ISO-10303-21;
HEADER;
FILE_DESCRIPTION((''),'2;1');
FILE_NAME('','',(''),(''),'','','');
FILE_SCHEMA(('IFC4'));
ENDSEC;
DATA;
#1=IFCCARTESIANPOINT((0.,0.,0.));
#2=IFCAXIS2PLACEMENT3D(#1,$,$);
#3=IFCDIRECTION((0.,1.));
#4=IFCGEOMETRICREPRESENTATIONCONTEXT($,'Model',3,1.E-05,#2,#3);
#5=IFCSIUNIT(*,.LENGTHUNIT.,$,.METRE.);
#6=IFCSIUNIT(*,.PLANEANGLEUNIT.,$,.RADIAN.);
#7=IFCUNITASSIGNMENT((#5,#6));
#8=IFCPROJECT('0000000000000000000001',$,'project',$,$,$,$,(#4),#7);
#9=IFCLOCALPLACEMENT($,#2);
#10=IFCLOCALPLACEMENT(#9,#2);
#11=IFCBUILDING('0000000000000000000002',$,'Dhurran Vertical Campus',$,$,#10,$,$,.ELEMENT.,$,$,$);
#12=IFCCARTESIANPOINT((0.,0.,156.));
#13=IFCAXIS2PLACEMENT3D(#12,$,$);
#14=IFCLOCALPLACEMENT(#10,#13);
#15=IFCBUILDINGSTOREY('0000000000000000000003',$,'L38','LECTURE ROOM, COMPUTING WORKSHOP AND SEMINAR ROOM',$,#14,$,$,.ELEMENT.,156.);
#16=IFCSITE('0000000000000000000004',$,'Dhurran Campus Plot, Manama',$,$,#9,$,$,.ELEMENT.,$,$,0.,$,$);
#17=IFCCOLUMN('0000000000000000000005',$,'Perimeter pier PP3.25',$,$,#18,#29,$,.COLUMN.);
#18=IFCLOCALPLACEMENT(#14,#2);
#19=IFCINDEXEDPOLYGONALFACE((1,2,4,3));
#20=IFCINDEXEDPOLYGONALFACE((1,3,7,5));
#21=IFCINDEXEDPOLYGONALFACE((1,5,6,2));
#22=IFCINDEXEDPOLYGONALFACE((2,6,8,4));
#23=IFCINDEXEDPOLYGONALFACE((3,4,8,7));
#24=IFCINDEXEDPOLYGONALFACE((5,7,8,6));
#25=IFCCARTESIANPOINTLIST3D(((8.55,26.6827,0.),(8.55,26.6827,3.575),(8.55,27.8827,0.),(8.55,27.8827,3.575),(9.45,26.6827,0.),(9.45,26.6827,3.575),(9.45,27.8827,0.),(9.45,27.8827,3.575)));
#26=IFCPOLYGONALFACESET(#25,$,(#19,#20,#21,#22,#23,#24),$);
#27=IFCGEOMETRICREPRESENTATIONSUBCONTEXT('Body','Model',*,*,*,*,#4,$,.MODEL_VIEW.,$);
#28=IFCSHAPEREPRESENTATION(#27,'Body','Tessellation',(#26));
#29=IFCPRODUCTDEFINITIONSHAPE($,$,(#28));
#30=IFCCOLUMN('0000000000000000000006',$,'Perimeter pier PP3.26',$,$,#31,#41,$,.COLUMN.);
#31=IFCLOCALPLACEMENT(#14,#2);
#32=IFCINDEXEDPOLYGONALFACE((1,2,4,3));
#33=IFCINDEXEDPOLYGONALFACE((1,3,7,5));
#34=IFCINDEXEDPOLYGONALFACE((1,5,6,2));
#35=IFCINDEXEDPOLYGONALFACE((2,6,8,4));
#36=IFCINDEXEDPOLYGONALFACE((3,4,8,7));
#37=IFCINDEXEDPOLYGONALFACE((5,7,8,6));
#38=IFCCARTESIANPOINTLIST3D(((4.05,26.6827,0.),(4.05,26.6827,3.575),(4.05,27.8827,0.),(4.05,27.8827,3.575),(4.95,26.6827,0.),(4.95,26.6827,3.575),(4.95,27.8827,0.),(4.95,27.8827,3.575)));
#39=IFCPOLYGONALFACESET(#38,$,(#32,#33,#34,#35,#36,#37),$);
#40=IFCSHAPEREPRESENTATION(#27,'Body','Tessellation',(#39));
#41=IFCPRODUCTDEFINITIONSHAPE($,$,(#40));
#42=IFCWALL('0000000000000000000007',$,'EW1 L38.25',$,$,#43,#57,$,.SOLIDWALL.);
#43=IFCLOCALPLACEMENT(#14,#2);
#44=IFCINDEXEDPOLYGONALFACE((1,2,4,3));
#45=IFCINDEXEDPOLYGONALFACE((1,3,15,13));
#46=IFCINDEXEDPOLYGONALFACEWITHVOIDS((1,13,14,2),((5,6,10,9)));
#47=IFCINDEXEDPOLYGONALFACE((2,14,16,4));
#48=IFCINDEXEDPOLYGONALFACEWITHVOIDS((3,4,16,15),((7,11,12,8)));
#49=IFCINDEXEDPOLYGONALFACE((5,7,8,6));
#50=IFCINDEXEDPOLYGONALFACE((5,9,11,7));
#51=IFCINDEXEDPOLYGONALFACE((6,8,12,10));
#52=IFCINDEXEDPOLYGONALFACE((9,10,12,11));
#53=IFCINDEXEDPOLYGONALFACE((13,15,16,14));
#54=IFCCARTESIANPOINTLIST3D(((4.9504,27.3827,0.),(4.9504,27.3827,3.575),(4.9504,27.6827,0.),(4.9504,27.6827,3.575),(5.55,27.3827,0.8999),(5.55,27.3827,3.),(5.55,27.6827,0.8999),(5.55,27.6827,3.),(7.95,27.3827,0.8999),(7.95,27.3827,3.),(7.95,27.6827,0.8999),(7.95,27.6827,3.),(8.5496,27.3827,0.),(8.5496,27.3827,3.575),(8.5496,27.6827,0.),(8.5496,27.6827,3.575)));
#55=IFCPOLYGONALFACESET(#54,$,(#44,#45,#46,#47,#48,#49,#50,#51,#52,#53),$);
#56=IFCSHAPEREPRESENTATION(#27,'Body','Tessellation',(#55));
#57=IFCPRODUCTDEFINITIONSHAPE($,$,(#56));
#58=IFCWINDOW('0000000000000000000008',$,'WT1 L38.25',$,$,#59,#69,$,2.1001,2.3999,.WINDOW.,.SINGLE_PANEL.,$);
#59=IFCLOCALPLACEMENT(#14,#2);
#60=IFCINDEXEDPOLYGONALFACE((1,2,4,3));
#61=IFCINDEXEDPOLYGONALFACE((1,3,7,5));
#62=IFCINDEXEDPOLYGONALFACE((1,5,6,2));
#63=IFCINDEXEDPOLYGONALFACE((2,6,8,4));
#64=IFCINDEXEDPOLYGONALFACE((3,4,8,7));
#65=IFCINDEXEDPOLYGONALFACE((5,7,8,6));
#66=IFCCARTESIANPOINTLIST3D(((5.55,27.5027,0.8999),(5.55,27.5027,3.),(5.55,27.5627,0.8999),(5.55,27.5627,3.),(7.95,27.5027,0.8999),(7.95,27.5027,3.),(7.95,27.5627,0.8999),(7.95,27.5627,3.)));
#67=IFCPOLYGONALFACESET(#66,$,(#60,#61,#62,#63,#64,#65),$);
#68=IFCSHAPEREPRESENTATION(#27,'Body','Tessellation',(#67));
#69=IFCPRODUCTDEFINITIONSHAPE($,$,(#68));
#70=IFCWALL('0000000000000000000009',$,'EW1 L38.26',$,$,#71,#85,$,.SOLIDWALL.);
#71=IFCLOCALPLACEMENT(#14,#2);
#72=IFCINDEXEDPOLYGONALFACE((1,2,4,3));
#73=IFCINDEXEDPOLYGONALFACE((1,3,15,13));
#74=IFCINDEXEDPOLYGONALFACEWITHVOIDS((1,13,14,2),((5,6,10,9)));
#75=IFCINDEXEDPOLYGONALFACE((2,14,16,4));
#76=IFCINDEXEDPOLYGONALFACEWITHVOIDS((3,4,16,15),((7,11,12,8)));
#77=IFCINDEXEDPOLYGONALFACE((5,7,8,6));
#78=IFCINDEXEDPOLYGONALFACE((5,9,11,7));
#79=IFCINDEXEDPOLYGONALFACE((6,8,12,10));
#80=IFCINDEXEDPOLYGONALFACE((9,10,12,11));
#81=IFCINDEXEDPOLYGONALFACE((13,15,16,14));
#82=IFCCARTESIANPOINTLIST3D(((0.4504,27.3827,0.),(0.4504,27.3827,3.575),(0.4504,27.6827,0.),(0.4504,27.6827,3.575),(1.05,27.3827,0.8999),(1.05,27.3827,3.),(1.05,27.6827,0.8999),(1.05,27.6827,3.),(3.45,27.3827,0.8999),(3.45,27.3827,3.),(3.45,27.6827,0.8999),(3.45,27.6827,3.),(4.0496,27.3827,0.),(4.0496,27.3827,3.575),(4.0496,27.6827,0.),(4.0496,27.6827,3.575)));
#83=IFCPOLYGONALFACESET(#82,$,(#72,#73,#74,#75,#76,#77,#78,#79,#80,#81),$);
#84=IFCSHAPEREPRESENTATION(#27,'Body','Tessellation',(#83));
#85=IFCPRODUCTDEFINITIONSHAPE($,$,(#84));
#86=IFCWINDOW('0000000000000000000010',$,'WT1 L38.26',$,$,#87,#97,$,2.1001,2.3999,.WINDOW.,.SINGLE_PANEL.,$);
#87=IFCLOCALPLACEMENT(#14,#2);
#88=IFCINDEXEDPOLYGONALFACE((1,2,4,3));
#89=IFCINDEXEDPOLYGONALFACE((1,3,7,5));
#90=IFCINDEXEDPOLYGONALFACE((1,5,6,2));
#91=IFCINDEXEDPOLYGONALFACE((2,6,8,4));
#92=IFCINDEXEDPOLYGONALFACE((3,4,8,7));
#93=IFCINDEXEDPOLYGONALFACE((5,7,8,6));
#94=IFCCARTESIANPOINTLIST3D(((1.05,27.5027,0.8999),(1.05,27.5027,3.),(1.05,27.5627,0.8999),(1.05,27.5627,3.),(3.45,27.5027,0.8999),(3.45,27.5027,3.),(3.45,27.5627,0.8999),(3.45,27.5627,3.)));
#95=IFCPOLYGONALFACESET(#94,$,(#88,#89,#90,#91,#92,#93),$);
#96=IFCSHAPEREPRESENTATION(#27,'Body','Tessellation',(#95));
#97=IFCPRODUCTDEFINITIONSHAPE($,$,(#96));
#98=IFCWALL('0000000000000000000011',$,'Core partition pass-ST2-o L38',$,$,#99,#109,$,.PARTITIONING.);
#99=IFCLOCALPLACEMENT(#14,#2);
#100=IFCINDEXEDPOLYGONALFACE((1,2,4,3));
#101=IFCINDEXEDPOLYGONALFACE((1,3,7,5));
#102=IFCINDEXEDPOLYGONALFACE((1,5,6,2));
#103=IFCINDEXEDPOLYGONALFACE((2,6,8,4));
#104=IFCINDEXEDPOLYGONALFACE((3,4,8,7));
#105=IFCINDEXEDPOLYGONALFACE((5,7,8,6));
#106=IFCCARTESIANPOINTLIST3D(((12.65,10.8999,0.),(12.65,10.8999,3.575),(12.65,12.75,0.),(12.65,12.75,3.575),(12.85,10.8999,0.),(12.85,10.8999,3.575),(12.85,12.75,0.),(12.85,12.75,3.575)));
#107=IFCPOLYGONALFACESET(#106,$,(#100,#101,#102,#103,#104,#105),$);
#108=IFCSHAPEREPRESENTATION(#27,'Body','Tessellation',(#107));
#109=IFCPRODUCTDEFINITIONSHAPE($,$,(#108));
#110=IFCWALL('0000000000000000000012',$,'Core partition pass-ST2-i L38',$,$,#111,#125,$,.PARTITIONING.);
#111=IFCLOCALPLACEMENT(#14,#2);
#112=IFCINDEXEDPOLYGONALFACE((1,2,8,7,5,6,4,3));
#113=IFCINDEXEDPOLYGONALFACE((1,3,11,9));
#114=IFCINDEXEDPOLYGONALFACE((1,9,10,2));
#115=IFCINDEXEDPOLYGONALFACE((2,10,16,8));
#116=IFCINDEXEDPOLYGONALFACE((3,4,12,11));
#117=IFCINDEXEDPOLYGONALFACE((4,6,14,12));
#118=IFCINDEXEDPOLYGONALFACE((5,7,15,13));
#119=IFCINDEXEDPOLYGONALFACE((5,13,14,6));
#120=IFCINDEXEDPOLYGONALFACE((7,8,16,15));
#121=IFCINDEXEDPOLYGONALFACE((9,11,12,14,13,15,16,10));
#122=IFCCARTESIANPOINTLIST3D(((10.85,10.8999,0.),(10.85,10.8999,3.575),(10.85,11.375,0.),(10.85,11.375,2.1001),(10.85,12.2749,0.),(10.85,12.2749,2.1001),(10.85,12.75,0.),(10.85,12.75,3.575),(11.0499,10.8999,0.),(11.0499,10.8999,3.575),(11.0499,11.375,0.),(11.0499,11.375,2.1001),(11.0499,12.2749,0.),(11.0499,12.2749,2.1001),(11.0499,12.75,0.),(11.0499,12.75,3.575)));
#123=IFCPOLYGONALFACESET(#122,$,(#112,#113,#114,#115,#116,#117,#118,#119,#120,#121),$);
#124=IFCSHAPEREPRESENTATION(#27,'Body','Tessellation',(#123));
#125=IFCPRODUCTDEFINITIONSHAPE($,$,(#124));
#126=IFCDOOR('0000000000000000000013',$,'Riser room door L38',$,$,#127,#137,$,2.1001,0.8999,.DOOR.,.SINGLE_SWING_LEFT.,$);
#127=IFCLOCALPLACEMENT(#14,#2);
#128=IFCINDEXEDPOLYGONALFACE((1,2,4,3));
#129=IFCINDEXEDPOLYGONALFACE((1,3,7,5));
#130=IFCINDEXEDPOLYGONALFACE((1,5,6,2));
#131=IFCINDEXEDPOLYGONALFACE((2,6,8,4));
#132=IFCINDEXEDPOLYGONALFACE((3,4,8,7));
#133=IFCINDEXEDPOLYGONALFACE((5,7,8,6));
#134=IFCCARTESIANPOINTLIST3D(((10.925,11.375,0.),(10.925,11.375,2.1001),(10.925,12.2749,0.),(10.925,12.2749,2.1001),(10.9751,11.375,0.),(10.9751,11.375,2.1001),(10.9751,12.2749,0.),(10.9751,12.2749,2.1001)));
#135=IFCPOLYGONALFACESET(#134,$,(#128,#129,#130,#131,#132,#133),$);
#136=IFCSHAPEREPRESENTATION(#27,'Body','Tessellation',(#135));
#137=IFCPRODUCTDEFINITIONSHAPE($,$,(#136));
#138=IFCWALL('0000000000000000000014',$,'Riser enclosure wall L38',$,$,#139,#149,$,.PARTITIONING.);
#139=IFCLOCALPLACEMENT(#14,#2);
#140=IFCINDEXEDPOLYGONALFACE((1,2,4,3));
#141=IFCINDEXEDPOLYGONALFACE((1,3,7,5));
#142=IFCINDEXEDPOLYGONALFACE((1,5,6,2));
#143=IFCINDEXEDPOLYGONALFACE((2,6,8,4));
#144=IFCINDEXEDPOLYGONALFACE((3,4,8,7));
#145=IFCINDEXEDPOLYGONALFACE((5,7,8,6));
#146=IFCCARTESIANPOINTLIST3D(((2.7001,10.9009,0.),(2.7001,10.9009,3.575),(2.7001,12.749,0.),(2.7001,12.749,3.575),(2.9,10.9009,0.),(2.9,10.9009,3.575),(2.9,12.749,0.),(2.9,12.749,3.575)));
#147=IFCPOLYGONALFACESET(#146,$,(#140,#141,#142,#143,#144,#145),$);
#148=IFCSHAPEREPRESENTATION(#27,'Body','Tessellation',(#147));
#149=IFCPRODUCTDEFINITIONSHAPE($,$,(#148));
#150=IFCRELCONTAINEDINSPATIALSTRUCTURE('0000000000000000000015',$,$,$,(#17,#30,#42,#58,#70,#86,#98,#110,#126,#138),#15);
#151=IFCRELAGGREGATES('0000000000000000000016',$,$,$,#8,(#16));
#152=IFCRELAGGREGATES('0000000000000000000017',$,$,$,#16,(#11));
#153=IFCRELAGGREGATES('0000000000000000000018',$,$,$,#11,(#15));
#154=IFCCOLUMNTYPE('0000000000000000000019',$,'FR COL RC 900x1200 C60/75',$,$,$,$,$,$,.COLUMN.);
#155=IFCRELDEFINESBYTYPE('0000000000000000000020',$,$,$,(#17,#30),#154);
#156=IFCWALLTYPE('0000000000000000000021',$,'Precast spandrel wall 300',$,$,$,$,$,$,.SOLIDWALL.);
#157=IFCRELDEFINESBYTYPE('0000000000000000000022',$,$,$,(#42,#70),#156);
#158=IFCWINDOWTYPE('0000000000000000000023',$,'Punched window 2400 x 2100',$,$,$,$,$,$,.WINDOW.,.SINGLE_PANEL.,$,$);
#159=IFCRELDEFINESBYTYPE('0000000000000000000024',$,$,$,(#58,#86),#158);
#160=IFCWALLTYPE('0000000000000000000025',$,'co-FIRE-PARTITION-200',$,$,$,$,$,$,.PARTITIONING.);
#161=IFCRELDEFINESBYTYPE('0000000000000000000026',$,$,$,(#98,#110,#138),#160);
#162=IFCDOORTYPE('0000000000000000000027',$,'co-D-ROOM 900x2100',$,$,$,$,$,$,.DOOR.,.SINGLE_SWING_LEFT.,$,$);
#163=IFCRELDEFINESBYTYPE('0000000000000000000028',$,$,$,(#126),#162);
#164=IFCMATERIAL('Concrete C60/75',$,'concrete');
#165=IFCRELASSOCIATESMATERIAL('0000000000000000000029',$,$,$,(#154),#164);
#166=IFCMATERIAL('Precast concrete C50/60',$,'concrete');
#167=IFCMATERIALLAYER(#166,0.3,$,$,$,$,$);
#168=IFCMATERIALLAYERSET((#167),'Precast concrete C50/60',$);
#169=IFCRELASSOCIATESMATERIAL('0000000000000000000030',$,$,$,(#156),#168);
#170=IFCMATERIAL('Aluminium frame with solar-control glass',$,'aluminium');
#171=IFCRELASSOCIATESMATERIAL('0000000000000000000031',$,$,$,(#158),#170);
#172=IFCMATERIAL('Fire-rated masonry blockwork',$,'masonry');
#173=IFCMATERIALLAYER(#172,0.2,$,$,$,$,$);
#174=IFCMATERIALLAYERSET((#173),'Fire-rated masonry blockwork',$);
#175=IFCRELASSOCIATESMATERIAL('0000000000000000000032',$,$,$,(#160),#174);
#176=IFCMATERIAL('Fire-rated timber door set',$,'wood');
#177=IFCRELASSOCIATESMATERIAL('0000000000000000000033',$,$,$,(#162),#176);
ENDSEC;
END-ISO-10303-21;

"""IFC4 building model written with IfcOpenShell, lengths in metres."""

from ifc_helpers import new_model, si_unit, direction, frame, frame_2d, origin, origin_2d, place, context, subcontext, project, spatial, rectangle, extrude, material, layer, layer_set, material_profile, profile_set, type_object, element, fill, save


model = new_model("IFC4")

# Units and contexts
model_context = context("Model", 3, precision=1e-05, world=origin(), true_north=direction((0.0, 1.0)))
body_context = subcontext(model_context, "Body", "Model", "MODEL_VIEW")
ifc_project = project(units=[si_unit("LENGTHUNIT", "METRE"), si_unit("PLANEANGLEUNIT", "RADIAN")], contexts=[model_context])

# Site, building, storey
site_placement = place(None, origin())
site = spatial("IfcSite", under=ifc_project, at=site_placement, Name="Dhurran Campus Plot, Manama", CompositionType="ELEMENT", RefElevation=0.0)
building_placement = place(site_placement, origin())
building = spatial("IfcBuilding", under=site, at=building_placement, Name="Dhurran Vertical Campus", CompositionType="ELEMENT")
storey_placement = place(building_placement, frame((0.0, 0.0, 156.0)))
storey = spatial("IfcBuildingStorey", under=building, at=storey_placement, Name="L38", Description="LECTURE ROOM, COMPUTING WORKSHOP AND SEMINAR ROOM", CompositionType="ELEMENT", Elevation=156.0)

# Columns
ifc_material_1 = material(Name="Concrete C60/75", Category="concrete")
ifc_material_profile = material_profile(ifc_material_1, rectangle(XDim=0.8999, YDim=1.2, at=origin_2d()), Name="RC 900x1200")
ifc_profile_set = profile_set([ifc_material_profile], Name="Concrete C60/75")
column_type = type_object("IfcColumnType", Name="FR COL RC 900x1200 C60/75", PredefinedType="COLUMN", material=ifc_profile_set)
for number, where, z_axis, x_axis, name in (
    (1, (9.0, 27.2827, 0.0), (0.0, 0.0, 1.0), (-1.0, 0.0, 0.0), "Perimeter pier PP3.25"),
    (2, (4.5, 27.2827, 0.0), (0.0, 0.0, 1.0), (-1.0, 0.0, 0.0), "Perimeter pier PP3.26"),
):
    element("IfcColumn", number, at=place(storey_placement, frame(where, z_axis=z_axis, x_axis=x_axis)), inside=storey, type_object=column_type, Name=name, PredefinedType="COLUMN", context=body_context, shape_type="SweptSolid", body=[
        extrude(rectangle(XDim=0.8999, YDim=1.2, at=origin_2d()), origin(), (0.0, 0.0, 1.0), 3.575),
    ])

# Walls, openings, windows
ifc_material_2 = material(Name="Precast concrete C50/60", Category="concrete")
ifc_layer_1 = layer(ifc_material_2, 0.3)
ifc_layer_set_1 = layer_set([ifc_layer_1], Name="Precast concrete C50/60")
wall_type_1 = type_object("IfcWallType", Name="Precast spandrel wall 300", PredefinedType="SOLIDWALL", material=ifc_layer_set_1)
wall_1_placement = place(storey_placement, frame((8.5496, 27.5327, 0.0), z_axis=(0.0, 0.0, 1.0), x_axis=(-1.0, 0.0, 0.0)))
wall_1 = element("IfcWall", 3, at=wall_1_placement, inside=storey, type_object=wall_type_1, Name="EW1 L38.25", PredefinedType="SOLIDWALL", context=body_context, shape_type="SweptSolid", body=[
    extrude(rectangle(XDim=3.5991, YDim=0.3, at=frame_2d((1.7996, 0.0))), origin(), (0.0, 0.0, 1.0), 3.575),
])
opening_1_placement = place(wall_1_placement, frame((0.5996, 0.0, 0.8999)))
opening_1 = element("IfcOpeningElement", 4, at=opening_1_placement, cuts=wall_1, PredefinedType="OPENING", context=body_context, shape_type="SweptSolid", body=[
    extrude(rectangle(XDim=2.3999, YDim=2.1001, at=frame_2d((1.2, 1.05))), frame((0.0, 0.1599, 0.0), z_axis=(0.0, -1.0, 0.0), x_axis=(1.0, 0.0, 0.0)), (0.0, 0.0, 1.0), 0.3201),
])
ifc_material_3 = material(Name="Aluminium frame with solar-control glass", Category="aluminium")
window_type = type_object("IfcWindowType", Name="Punched window 2400 x 2100", PartitioningType="SINGLE_PANEL", PredefinedType="WINDOW", material=ifc_material_3)
window_1_placement = place(opening_1_placement, origin())
window_1 = element("IfcWindow", 5, at=window_1_placement, inside=storey, type_object=window_type, Name="WT1 L38.25", OverallHeight=2.1001, OverallWidth=2.3999, PartitioningType="SINGLE_PANEL", PredefinedType="WINDOW", context=body_context, shape_type="SweptSolid", body=[
    extrude(rectangle(XDim=2.3999, YDim=2.1001, at=frame_2d((1.2, 1.05))), frame((0.0, 0.03, 0.0), z_axis=(0.0, -1.0, 0.0), x_axis=(1.0, 0.0, 0.0)), (0.0, 0.0, 1.0), 0.0601),
])
fill(opening_1, window_1)
wall_2_placement = place(storey_placement, frame((4.0496, 27.5327, 0.0), z_axis=(0.0, 0.0, 1.0), x_axis=(-1.0, 0.0, 0.0)))
wall_2 = element("IfcWall", 6, at=wall_2_placement, inside=storey, type_object=wall_type_1, Name="EW1 L38.26", PredefinedType="SOLIDWALL", context=body_context, shape_type="SweptSolid", body=[
    extrude(rectangle(XDim=3.5991, YDim=0.3, at=frame_2d((1.7996, 0.0))), origin(), (0.0, 0.0, 1.0), 3.575),
])
opening_2_placement = place(wall_2_placement, frame((0.5996, 0.0, 0.8999)))
opening_2 = element("IfcOpeningElement", 7, at=opening_2_placement, cuts=wall_2, PredefinedType="OPENING", context=body_context, shape_type="SweptSolid", body=[
    extrude(rectangle(XDim=2.3999, YDim=2.1001, at=frame_2d((1.2, 1.05))), frame((0.0, 0.1599, 0.0), z_axis=(0.0, -1.0, 0.0), x_axis=(1.0, 0.0, 0.0)), (0.0, 0.0, 1.0), 0.3201),
])
window_2_placement = place(opening_2_placement, origin())
window_2 = element("IfcWindow", 8, at=window_2_placement, inside=storey, type_object=window_type, Name="WT1 L38.26", OverallHeight=2.1001, OverallWidth=2.3999, PartitioningType="SINGLE_PANEL", PredefinedType="WINDOW", context=body_context, shape_type="SweptSolid", body=[
    extrude(rectangle(XDim=2.3999, YDim=2.1001, at=frame_2d((1.2, 1.05))), frame((0.0, 0.03, 0.0), z_axis=(0.0, -1.0, 0.0), x_axis=(1.0, 0.0, 0.0)), (0.0, 0.0, 1.0), 0.0601),
])
fill(opening_2, window_2)

# Wall
ifc_material_4 = material(Name="Fire-rated masonry blockwork", Category="masonry")
ifc_layer_2 = layer(ifc_material_4, 0.2)
ifc_layer_set_2 = layer_set([ifc_layer_2], Name="Fire-rated masonry blockwork")
wall_type_2 = type_object("IfcWallType", Name="co-FIRE-PARTITION-200", PredefinedType="PARTITIONING", material=ifc_layer_set_2)
wall_3_placement = place(storey_placement, frame((12.75, 10.8999, 0.0), z_axis=(0.0, 0.0, 1.0), x_axis=(0.0, 1.0, 0.0)))
element("IfcWall", 9, at=wall_3_placement, inside=storey, type_object=wall_type_2, Name="Core partition pass-ST2-o L38", PredefinedType="PARTITIONING", context=body_context, shape_type="SweptSolid", body=[
    extrude(rectangle(XDim=1.8501, YDim=0.2, at=frame_2d((0.925, 0.0))), origin(), (0.0, 0.0, 1.0), 3.575),
])

# Wall, opening, door
wall_4_placement = place(storey_placement, frame((10.95, 10.8999, 0.0), z_axis=(0.0, 0.0, 1.0), x_axis=(0.0, 1.0, 0.0)))
wall_4 = element("IfcWall", 10, at=wall_4_placement, inside=storey, type_object=wall_type_2, Name="Core partition pass-ST2-i L38", PredefinedType="PARTITIONING", context=body_context, shape_type="SweptSolid", body=[
    extrude(rectangle(XDim=1.8501, YDim=0.2, at=frame_2d((0.925, 0.0))), origin(), (0.0, 0.0, 1.0), 3.575),
])
opening_3_placement = place(wall_4_placement, frame((0.4751, 0.0, 0.0)))
opening_3 = element("IfcOpeningElement", 11, at=opening_3_placement, cuts=wall_4, PredefinedType="OPENING", context=body_context, shape_type="SweptSolid", body=[
    extrude(rectangle(XDim=0.8999, YDim=2.1001, at=frame_2d((0.45, 1.05))), frame((0.0, 0.1099, 0.0), z_axis=(0.0, -1.0, 0.0), x_axis=(1.0, 0.0, 0.0)), (0.0, 0.0, 1.0), 0.22),
])
ifc_material_5 = material(Name="Fire-rated timber door set", Category="wood")
door_type_1 = type_object("IfcDoorType", Name="co-D-ROOM 900x2100", OperationType="SINGLE_SWING_LEFT", PredefinedType="DOOR", material=ifc_material_5)
door_1_placement = place(opening_3_placement, origin())
door_1 = element("IfcDoor", 12, at=door_1_placement, inside=storey, type_object=door_type_1, Name="Riser room door L38", OperationType="SINGLE_SWING_LEFT", OverallHeight=2.1001, OverallWidth=0.8999, PredefinedType="DOOR", context=body_context, shape_type="SweptSolid", body=[
    extrude(rectangle(XDim=0.8999, YDim=2.1001, at=frame_2d((0.45, 1.05))), frame((0.0, 0.0249, 0.0), z_axis=(0.0, -1.0, 0.0), x_axis=(1.0, 0.0, 0.0)), (0.0, 0.0, 1.0), 0.05),
])
fill(opening_3, door_1)

# Wall
wall_5_placement = place(storey_placement, frame((2.8, 10.9009, 0.0), z_axis=(0.0, 0.0, 1.0), x_axis=(0.0, 1.0, 0.0)))
element("IfcWall", 13, at=wall_5_placement, inside=storey, type_object=wall_type_2, Name="Riser enclosure wall L38", PredefinedType="PARTITIONING", context=body_context, shape_type="SweptSolid", body=[
    extrude(rectangle(XDim=1.8481, YDim=0.2, at=frame_2d((0.9241, 0.0))), origin(), (0.0, 0.0, 1.0), 3.575),
])

save(model, "model.ifc")
